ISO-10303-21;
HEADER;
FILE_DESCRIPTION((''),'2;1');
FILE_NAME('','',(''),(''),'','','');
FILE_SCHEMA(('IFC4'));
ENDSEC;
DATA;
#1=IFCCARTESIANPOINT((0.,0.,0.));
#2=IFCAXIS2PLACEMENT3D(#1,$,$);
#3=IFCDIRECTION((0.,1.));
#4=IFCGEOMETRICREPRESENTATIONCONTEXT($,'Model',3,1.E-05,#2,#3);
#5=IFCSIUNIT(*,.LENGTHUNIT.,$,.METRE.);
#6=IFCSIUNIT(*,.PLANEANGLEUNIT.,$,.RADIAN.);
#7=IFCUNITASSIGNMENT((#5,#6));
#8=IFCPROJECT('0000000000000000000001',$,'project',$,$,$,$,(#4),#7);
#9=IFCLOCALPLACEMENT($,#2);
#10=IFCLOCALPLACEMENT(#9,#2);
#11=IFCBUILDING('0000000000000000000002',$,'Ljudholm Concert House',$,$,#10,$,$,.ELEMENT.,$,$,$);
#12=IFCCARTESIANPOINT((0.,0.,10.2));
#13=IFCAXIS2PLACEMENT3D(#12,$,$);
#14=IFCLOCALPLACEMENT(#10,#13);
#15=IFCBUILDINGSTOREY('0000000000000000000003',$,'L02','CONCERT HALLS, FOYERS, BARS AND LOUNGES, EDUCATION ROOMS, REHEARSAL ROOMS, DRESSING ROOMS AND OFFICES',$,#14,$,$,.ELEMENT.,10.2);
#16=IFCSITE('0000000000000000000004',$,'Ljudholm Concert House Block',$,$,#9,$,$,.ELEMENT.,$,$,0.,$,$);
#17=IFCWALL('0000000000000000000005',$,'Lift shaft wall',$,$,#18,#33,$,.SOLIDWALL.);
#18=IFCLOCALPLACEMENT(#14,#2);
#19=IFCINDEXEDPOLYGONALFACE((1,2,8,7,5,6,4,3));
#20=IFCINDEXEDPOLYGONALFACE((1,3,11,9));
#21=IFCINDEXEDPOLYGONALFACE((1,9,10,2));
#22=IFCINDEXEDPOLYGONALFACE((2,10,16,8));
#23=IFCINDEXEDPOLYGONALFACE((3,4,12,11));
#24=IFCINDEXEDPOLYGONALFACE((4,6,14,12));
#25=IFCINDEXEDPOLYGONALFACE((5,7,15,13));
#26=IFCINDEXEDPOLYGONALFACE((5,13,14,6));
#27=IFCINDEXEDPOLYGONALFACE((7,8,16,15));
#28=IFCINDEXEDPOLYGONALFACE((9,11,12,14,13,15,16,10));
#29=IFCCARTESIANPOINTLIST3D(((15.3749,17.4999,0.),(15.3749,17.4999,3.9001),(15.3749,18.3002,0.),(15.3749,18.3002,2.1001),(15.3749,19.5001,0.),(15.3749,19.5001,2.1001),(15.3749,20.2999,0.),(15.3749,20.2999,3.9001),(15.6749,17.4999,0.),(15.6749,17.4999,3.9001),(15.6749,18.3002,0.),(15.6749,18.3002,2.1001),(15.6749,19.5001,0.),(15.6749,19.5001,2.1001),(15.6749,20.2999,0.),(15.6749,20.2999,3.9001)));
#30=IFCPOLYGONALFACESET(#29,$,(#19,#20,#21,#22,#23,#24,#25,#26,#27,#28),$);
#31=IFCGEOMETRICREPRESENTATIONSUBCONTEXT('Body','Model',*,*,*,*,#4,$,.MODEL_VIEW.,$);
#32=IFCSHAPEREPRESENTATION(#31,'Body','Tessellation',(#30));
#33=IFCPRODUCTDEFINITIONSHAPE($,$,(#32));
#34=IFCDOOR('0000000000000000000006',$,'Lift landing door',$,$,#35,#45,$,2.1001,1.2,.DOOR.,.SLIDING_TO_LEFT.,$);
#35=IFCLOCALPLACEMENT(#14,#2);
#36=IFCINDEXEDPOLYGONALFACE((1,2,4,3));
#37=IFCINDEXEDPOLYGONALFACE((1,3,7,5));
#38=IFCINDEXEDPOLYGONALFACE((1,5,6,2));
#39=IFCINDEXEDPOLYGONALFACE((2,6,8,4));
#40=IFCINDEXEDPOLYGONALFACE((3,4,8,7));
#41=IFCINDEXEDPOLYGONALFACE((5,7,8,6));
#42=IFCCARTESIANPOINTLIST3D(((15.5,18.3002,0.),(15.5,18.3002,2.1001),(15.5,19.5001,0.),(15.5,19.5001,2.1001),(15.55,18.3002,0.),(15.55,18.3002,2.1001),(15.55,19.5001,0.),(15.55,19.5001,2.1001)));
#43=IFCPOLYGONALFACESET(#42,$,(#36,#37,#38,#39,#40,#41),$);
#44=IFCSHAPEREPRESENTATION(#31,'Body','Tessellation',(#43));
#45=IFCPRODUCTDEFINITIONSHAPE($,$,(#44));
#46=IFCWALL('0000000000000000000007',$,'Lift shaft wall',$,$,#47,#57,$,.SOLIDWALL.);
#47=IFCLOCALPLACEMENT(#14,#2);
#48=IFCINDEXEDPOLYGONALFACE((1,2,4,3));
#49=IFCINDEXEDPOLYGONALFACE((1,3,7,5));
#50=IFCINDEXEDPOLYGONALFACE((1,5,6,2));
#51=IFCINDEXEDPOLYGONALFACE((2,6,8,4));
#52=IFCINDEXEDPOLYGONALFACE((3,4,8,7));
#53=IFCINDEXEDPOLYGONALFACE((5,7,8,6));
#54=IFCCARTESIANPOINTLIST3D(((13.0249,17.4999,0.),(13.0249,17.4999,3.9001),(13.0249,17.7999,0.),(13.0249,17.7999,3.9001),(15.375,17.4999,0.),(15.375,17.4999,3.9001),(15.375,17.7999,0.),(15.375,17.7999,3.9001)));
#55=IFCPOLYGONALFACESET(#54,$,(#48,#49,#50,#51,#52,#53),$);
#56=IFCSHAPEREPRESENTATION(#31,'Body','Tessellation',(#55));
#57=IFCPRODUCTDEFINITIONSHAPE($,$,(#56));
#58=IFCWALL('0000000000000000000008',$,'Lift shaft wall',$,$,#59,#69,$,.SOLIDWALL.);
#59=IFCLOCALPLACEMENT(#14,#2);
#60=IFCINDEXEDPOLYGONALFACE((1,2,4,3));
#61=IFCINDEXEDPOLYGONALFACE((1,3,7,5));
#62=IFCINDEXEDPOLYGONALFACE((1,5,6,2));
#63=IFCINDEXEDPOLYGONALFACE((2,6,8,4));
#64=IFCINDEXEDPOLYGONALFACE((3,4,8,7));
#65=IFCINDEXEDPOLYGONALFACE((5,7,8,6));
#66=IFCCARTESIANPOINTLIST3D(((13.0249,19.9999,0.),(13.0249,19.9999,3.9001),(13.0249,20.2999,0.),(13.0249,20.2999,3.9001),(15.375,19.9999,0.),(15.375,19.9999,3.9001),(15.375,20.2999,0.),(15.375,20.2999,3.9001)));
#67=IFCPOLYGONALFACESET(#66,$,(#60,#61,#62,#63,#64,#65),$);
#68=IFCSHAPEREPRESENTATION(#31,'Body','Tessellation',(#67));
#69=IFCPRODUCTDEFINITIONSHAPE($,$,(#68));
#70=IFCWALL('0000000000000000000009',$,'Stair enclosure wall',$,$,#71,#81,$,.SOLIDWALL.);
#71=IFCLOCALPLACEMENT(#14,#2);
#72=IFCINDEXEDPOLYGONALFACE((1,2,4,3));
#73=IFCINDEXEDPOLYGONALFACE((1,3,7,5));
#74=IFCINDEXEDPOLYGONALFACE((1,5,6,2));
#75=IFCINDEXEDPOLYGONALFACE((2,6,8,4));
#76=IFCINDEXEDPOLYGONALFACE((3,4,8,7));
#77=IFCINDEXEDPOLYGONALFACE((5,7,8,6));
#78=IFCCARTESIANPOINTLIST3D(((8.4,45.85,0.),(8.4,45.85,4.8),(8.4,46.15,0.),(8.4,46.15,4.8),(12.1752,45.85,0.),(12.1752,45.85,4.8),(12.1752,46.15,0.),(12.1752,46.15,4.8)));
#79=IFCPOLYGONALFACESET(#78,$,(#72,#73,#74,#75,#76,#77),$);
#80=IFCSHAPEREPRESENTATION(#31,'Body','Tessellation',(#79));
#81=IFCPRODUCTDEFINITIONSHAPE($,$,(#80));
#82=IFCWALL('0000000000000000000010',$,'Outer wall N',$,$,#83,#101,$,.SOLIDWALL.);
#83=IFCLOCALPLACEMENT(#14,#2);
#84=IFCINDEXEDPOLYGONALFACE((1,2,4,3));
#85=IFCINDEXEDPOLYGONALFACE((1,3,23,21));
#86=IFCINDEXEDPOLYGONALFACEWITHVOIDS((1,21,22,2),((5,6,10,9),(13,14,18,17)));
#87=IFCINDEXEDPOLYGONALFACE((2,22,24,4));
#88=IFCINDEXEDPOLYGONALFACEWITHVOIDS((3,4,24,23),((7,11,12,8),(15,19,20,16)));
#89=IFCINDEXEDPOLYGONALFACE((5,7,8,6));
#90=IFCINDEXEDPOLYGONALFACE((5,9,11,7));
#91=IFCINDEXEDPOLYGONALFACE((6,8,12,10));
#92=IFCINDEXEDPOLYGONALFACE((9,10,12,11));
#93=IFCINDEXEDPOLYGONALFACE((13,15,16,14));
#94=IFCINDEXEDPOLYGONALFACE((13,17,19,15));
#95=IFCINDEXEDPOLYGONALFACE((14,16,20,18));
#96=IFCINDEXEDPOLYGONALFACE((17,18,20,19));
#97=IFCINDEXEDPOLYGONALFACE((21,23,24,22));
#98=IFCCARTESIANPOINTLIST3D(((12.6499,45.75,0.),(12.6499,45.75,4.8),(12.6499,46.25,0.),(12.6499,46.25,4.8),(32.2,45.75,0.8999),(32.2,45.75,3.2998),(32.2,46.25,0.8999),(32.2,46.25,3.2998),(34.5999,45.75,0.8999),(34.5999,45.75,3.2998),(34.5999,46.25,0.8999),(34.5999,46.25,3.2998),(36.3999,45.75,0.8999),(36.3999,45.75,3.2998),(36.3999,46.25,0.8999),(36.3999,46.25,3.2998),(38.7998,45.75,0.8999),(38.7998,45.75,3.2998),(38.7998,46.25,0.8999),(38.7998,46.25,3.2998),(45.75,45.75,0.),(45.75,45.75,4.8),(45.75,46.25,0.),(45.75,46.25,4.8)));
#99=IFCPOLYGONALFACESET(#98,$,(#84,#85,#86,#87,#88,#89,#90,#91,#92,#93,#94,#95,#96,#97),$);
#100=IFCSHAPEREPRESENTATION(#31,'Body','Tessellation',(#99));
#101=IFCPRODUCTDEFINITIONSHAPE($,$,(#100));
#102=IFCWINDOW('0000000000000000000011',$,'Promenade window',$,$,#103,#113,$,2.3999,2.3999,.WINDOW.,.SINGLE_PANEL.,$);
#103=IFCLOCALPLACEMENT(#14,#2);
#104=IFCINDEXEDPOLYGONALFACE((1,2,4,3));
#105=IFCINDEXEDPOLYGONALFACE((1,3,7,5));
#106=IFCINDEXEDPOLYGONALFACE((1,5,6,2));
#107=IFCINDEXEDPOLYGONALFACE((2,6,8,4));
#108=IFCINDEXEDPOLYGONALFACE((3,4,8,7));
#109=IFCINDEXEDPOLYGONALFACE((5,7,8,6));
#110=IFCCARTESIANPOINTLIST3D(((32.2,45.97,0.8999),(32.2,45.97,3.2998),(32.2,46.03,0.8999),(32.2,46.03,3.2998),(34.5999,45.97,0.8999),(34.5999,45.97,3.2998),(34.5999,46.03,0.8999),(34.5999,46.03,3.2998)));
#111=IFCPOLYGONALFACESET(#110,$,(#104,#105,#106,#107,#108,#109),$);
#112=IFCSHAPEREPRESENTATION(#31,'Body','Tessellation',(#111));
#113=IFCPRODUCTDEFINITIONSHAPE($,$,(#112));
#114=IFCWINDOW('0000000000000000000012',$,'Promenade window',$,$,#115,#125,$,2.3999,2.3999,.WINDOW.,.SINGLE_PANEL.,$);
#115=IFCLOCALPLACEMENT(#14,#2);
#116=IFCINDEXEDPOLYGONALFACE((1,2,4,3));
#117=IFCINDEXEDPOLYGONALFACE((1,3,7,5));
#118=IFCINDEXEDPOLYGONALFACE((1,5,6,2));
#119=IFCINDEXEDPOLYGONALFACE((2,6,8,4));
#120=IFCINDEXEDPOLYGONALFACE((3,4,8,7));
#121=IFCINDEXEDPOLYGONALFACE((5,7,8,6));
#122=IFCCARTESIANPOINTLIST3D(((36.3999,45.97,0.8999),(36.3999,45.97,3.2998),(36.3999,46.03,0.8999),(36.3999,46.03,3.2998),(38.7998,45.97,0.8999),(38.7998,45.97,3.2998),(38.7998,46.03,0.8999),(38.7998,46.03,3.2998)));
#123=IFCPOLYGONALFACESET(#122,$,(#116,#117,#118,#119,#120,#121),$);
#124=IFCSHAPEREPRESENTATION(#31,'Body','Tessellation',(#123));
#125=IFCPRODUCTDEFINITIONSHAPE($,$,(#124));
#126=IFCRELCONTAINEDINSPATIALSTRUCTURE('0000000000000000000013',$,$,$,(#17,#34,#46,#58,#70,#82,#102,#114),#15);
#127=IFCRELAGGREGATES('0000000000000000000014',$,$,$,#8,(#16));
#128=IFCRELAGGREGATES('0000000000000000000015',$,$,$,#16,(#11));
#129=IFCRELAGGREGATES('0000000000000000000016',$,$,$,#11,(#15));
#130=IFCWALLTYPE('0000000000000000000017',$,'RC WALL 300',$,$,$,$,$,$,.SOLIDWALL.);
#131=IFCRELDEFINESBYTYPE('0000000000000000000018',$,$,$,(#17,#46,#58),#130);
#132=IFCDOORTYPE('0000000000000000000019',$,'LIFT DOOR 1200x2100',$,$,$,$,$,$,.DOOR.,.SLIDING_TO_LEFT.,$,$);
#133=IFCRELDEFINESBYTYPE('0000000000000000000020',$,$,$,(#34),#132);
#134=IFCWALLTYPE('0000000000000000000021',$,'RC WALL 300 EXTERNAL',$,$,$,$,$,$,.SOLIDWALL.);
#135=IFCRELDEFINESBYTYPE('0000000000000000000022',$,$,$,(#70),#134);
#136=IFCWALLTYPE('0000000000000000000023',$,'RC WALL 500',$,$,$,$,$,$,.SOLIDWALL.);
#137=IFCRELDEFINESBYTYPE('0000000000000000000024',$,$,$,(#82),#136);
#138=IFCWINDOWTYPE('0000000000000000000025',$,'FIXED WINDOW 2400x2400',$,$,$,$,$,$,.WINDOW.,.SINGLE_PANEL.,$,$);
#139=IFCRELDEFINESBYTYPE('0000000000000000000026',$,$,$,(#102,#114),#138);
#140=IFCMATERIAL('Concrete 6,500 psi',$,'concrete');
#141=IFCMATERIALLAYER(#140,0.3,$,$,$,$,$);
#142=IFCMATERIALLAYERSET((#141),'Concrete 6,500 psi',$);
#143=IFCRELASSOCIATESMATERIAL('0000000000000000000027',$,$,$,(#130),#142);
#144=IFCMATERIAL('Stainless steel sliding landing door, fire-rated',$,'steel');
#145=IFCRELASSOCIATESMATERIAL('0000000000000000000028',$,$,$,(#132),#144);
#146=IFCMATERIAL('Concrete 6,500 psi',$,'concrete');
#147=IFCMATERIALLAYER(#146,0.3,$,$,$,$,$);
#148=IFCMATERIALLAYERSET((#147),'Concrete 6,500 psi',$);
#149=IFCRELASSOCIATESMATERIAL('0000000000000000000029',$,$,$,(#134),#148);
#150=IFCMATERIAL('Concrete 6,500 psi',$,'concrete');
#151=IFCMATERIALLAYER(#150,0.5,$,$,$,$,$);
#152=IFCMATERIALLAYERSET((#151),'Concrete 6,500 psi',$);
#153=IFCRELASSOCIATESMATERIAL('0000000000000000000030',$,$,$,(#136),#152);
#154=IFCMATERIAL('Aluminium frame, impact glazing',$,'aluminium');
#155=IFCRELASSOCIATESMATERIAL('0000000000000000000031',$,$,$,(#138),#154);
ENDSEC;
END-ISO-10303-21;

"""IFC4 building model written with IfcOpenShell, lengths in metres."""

from ifc_helpers import new_model, si_unit, direction, frame, frame_2d, origin, place, context, subcontext, project, spatial, rectangle, extrude, material, layer, layer_set, type_object, element, fill, save


model = new_model("IFC4")

# Units and contexts
model_context = context("Model", 3, precision=1e-05, world=origin(), true_north=direction((0.0, 1.0)))
body_context = subcontext(model_context, "Body", "Model", "MODEL_VIEW")
ifc_project = project(units=[si_unit("LENGTHUNIT", "METRE"), si_unit("PLANEANGLEUNIT", "RADIAN")], contexts=[model_context])

# Site, building, storey
site_placement = place(None, origin())
site = spatial("IfcSite", under=ifc_project, at=site_placement, Name="Ljudholm Concert House Block", CompositionType="ELEMENT", RefElevation=0.0)
building_placement = place(site_placement, origin())
building = spatial("IfcBuilding", under=site, at=building_placement, Name="Ljudholm Concert House", CompositionType="ELEMENT")
storey_placement = place(building_placement, frame((0.0, 0.0, 10.2)))
storey = spatial("IfcBuildingStorey", under=building, at=storey_placement, Name="L02", Description="CONCERT HALLS, FOYERS, BARS AND LOUNGES, EDUCATION ROOMS, REHEARSAL ROOMS, DRESSING ROOMS AND OFFICES", CompositionType="ELEMENT", Elevation=10.2)

# Wall, opening, door
ifc_material_1 = material(Name="Concrete 6,500 psi", Category="concrete")
ifc_layer_1 = layer(ifc_material_1, 0.3)
ifc_layer_set_1 = layer_set([ifc_layer_1], Name="Concrete 6,500 psi")
wall_type_1 = type_object("IfcWallType", Name="RC WALL 300", PredefinedType="SOLIDWALL", material=ifc_layer_set_1)
wall_1_placement = place(storey_placement, frame((15.5249, 17.5, 0.0), z_axis=(0.0, 0.0, 1.0), x_axis=(0.0, 1.0, 0.0)))
wall_1 = element("IfcWall", 1, at=wall_1_placement, inside=storey, type_object=wall_type_1, Name="Lift shaft wall", PredefinedType="SOLIDWALL", context=body_context, shape_type="SweptSolid", body=[
    extrude(rectangle(XDim=2.8, YDim=0.3, at=frame_2d((1.3999, 0.0))), origin(), (0.0, 0.0, 1.0), 3.9001),
])
opening_1_placement = place(wall_1_placement, frame((0.8, 0.0, 0.0)))
opening_1 = element("IfcOpeningElement", 2, at=opening_1_placement, cuts=wall_1, PredefinedType="OPENING", context=body_context, shape_type="SweptSolid", body=[
    extrude(rectangle(XDim=1.2, YDim=2.1001, at=frame_2d((0.6001, 1.05))), frame((0.0, 0.1599, 0.0), z_axis=(0.0, -1.0, 0.0), x_axis=(1.0, 0.0, 0.0)), (0.0, 0.0, 1.0), 0.3201),
])
ifc_material_2 = material(Name="Stainless steel sliding landing door, fire-rated", Category="steel")
door_type_1 = type_object("IfcDoorType", Name="LIFT DOOR 1200x2100", OperationType="SLIDING_TO_LEFT", PredefinedType="DOOR", material=ifc_material_2)
door_1_placement = place(opening_1_placement, origin())
door_1 = element("IfcDoor", 3, at=door_1_placement, inside=storey, type_object=door_type_1, Name="Lift landing door", OperationType="SLIDING_TO_LEFT", OverallHeight=2.1001, OverallWidth=1.2, PredefinedType="DOOR", context=body_context, shape_type="SweptSolid", body=[
    extrude(rectangle(XDim=1.2, YDim=2.1001, at=frame_2d((0.6001, 1.05))), frame((0.0, 0.0249, 0.0), z_axis=(0.0, -1.0, 0.0), x_axis=(1.0, 0.0, 0.0)), (0.0, 0.0, 1.0), 0.05),
])
fill(opening_1, door_1)

# Walls
for number, where, z_axis, x_axis, name in (
    (4, (13.0249, 17.6499, 0.0), (0.0, 0.0, 1.0), (1.0, 0.0, 0.0), "Lift shaft wall"),
    (5, (13.0249, 20.1499, 0.0), (0.0, 0.0, 1.0), (1.0, 0.0, 0.0), "Lift shaft wall"),
):
    element("IfcWall", number, at=place(storey_placement, frame(where, z_axis=z_axis, x_axis=x_axis)), inside=storey, type_object=wall_type_1, Name=name, PredefinedType="SOLIDWALL", context=body_context, shape_type="SweptSolid", body=[
        extrude(rectangle(XDim=2.3501, YDim=0.3, at=frame_2d((1.175, 0.0))), origin(), (0.0, 0.0, 1.0), 3.9001),
    ])
ifc_material_3 = material(Name="Concrete 6,500 psi", Category="concrete")
ifc_layer_2 = layer(ifc_material_3, 0.3)
ifc_layer_set_2 = layer_set([ifc_layer_2], Name="Concrete 6,500 psi")
wall_type_2 = type_object("IfcWallType", Name="RC WALL 300 EXTERNAL", PredefinedType="SOLIDWALL", material=ifc_layer_set_2)
wall_2_placement = place(storey_placement, frame((8.3999, 46.0, 0.0), z_axis=(0.0, 0.0, 1.0), x_axis=(1.0, 0.0, 0.0)))
element("IfcWall", 6, at=wall_2_placement, inside=storey, type_object=wall_type_2, Name="Stair enclosure wall", PredefinedType="SOLIDWALL", context=body_context, shape_type="SweptSolid", body=[
    extrude(rectangle(XDim=3.7751, YDim=0.3, at=frame_2d((1.8877, 0.0))), origin(), (0.0, 0.0, 1.0), 4.8),
])

# Wall, openings, windows
ifc_material_4 = material(Name="Concrete 6,500 psi", Category="concrete")
ifc_layer_3 = layer(ifc_material_4, 0.5)
ifc_layer_set_3 = layer_set([ifc_layer_3], Name="Concrete 6,500 psi")
wall_type_3 = type_object("IfcWallType", Name="RC WALL 500", PredefinedType="SOLIDWALL", material=ifc_layer_set_3)
wall_3_placement = place(storey_placement, frame((12.6499, 46.0, 0.0), z_axis=(0.0, 0.0, 1.0), x_axis=(1.0, 0.0, 0.0)))
wall_3 = element("IfcWall", 7, at=wall_3_placement, inside=storey, type_object=wall_type_3, Name="Outer wall N", PredefinedType="SOLIDWALL", context=body_context, shape_type="SweptSolid", body=[
    extrude(rectangle(XDim=33.1001, YDim=0.5, at=frame_2d((16.55, 0.0))), origin(), (0.0, 0.0, 1.0), 4.8),
])
opening_2_placement = place(wall_3_placement, frame((19.55, 0.0, 0.8999)))
opening_2 = element("IfcOpeningElement", 8, at=opening_2_placement, cuts=wall_3, PredefinedType="OPENING", context=body_context, shape_type="SweptSolid", body=[
    extrude(rectangle(XDim=2.3999, YDim=2.3999, at=frame_2d((1.2, 1.2))), frame((0.0, 0.26, 0.0), z_axis=(0.0, -1.0, 0.0), x_axis=(1.0, 0.0, 0.0)), (0.0, 0.0, 1.0), 0.52),
])
opening_3_placement = place(wall_3_placement, frame((23.75, 0.0, 0.8999)))
opening_3 = element("IfcOpeningElement", 9, at=opening_3_placement, cuts=wall_3, PredefinedType="OPENING", context=body_context, shape_type="SweptSolid", body=[
    extrude(rectangle(XDim=2.3999, YDim=2.3999, at=frame_2d((1.2, 1.2))), frame((0.0, 0.26, 0.0), z_axis=(0.0, -1.0, 0.0), x_axis=(1.0, 0.0, 0.0)), (0.0, 0.0, 1.0), 0.52),
])
ifc_material_5 = material(Name="Aluminium frame, impact glazing", Category="aluminium")
window_type = type_object("IfcWindowType", Name="FIXED WINDOW 2400x2400", PartitioningType="SINGLE_PANEL", PredefinedType="WINDOW", material=ifc_material_5)
window_1_placement = place(opening_2_placement, origin())
window_1 = element("IfcWindow", 10, at=window_1_placement, inside=storey, type_object=window_type, Name="Promenade window", OverallHeight=2.3999, OverallWidth=2.3999, PartitioningType="SINGLE_PANEL", PredefinedType="WINDOW", context=body_context, shape_type="SweptSolid", body=[
    extrude(rectangle(XDim=2.3999, YDim=2.3999, at=frame_2d((1.2, 1.2))), frame((0.0, 0.03, 0.0), z_axis=(0.0, -1.0, 0.0), x_axis=(1.0, 0.0, 0.0)), (0.0, 0.0, 1.0), 0.0601),
])
fill(opening_2, window_1)
window_2_placement = place(opening_3_placement, origin())
window_2 = element("IfcWindow", 11, at=window_2_placement, inside=storey, type_object=window_type, Name="Promenade window", OverallHeight=2.3999, OverallWidth=2.3999, PartitioningType="SINGLE_PANEL", PredefinedType="WINDOW", context=body_context, shape_type="SweptSolid", body=[
    extrude(rectangle(XDim=2.3999, YDim=2.3999, at=frame_2d((1.2, 1.2))), frame((0.0, 0.03, 0.0), z_axis=(0.0, -1.0, 0.0), x_axis=(1.0, 0.0, 0.0)), (0.0, 0.0, 1.0), 0.0601),
])
fill(opening_3, window_2)

save(model, "model.ifc")
